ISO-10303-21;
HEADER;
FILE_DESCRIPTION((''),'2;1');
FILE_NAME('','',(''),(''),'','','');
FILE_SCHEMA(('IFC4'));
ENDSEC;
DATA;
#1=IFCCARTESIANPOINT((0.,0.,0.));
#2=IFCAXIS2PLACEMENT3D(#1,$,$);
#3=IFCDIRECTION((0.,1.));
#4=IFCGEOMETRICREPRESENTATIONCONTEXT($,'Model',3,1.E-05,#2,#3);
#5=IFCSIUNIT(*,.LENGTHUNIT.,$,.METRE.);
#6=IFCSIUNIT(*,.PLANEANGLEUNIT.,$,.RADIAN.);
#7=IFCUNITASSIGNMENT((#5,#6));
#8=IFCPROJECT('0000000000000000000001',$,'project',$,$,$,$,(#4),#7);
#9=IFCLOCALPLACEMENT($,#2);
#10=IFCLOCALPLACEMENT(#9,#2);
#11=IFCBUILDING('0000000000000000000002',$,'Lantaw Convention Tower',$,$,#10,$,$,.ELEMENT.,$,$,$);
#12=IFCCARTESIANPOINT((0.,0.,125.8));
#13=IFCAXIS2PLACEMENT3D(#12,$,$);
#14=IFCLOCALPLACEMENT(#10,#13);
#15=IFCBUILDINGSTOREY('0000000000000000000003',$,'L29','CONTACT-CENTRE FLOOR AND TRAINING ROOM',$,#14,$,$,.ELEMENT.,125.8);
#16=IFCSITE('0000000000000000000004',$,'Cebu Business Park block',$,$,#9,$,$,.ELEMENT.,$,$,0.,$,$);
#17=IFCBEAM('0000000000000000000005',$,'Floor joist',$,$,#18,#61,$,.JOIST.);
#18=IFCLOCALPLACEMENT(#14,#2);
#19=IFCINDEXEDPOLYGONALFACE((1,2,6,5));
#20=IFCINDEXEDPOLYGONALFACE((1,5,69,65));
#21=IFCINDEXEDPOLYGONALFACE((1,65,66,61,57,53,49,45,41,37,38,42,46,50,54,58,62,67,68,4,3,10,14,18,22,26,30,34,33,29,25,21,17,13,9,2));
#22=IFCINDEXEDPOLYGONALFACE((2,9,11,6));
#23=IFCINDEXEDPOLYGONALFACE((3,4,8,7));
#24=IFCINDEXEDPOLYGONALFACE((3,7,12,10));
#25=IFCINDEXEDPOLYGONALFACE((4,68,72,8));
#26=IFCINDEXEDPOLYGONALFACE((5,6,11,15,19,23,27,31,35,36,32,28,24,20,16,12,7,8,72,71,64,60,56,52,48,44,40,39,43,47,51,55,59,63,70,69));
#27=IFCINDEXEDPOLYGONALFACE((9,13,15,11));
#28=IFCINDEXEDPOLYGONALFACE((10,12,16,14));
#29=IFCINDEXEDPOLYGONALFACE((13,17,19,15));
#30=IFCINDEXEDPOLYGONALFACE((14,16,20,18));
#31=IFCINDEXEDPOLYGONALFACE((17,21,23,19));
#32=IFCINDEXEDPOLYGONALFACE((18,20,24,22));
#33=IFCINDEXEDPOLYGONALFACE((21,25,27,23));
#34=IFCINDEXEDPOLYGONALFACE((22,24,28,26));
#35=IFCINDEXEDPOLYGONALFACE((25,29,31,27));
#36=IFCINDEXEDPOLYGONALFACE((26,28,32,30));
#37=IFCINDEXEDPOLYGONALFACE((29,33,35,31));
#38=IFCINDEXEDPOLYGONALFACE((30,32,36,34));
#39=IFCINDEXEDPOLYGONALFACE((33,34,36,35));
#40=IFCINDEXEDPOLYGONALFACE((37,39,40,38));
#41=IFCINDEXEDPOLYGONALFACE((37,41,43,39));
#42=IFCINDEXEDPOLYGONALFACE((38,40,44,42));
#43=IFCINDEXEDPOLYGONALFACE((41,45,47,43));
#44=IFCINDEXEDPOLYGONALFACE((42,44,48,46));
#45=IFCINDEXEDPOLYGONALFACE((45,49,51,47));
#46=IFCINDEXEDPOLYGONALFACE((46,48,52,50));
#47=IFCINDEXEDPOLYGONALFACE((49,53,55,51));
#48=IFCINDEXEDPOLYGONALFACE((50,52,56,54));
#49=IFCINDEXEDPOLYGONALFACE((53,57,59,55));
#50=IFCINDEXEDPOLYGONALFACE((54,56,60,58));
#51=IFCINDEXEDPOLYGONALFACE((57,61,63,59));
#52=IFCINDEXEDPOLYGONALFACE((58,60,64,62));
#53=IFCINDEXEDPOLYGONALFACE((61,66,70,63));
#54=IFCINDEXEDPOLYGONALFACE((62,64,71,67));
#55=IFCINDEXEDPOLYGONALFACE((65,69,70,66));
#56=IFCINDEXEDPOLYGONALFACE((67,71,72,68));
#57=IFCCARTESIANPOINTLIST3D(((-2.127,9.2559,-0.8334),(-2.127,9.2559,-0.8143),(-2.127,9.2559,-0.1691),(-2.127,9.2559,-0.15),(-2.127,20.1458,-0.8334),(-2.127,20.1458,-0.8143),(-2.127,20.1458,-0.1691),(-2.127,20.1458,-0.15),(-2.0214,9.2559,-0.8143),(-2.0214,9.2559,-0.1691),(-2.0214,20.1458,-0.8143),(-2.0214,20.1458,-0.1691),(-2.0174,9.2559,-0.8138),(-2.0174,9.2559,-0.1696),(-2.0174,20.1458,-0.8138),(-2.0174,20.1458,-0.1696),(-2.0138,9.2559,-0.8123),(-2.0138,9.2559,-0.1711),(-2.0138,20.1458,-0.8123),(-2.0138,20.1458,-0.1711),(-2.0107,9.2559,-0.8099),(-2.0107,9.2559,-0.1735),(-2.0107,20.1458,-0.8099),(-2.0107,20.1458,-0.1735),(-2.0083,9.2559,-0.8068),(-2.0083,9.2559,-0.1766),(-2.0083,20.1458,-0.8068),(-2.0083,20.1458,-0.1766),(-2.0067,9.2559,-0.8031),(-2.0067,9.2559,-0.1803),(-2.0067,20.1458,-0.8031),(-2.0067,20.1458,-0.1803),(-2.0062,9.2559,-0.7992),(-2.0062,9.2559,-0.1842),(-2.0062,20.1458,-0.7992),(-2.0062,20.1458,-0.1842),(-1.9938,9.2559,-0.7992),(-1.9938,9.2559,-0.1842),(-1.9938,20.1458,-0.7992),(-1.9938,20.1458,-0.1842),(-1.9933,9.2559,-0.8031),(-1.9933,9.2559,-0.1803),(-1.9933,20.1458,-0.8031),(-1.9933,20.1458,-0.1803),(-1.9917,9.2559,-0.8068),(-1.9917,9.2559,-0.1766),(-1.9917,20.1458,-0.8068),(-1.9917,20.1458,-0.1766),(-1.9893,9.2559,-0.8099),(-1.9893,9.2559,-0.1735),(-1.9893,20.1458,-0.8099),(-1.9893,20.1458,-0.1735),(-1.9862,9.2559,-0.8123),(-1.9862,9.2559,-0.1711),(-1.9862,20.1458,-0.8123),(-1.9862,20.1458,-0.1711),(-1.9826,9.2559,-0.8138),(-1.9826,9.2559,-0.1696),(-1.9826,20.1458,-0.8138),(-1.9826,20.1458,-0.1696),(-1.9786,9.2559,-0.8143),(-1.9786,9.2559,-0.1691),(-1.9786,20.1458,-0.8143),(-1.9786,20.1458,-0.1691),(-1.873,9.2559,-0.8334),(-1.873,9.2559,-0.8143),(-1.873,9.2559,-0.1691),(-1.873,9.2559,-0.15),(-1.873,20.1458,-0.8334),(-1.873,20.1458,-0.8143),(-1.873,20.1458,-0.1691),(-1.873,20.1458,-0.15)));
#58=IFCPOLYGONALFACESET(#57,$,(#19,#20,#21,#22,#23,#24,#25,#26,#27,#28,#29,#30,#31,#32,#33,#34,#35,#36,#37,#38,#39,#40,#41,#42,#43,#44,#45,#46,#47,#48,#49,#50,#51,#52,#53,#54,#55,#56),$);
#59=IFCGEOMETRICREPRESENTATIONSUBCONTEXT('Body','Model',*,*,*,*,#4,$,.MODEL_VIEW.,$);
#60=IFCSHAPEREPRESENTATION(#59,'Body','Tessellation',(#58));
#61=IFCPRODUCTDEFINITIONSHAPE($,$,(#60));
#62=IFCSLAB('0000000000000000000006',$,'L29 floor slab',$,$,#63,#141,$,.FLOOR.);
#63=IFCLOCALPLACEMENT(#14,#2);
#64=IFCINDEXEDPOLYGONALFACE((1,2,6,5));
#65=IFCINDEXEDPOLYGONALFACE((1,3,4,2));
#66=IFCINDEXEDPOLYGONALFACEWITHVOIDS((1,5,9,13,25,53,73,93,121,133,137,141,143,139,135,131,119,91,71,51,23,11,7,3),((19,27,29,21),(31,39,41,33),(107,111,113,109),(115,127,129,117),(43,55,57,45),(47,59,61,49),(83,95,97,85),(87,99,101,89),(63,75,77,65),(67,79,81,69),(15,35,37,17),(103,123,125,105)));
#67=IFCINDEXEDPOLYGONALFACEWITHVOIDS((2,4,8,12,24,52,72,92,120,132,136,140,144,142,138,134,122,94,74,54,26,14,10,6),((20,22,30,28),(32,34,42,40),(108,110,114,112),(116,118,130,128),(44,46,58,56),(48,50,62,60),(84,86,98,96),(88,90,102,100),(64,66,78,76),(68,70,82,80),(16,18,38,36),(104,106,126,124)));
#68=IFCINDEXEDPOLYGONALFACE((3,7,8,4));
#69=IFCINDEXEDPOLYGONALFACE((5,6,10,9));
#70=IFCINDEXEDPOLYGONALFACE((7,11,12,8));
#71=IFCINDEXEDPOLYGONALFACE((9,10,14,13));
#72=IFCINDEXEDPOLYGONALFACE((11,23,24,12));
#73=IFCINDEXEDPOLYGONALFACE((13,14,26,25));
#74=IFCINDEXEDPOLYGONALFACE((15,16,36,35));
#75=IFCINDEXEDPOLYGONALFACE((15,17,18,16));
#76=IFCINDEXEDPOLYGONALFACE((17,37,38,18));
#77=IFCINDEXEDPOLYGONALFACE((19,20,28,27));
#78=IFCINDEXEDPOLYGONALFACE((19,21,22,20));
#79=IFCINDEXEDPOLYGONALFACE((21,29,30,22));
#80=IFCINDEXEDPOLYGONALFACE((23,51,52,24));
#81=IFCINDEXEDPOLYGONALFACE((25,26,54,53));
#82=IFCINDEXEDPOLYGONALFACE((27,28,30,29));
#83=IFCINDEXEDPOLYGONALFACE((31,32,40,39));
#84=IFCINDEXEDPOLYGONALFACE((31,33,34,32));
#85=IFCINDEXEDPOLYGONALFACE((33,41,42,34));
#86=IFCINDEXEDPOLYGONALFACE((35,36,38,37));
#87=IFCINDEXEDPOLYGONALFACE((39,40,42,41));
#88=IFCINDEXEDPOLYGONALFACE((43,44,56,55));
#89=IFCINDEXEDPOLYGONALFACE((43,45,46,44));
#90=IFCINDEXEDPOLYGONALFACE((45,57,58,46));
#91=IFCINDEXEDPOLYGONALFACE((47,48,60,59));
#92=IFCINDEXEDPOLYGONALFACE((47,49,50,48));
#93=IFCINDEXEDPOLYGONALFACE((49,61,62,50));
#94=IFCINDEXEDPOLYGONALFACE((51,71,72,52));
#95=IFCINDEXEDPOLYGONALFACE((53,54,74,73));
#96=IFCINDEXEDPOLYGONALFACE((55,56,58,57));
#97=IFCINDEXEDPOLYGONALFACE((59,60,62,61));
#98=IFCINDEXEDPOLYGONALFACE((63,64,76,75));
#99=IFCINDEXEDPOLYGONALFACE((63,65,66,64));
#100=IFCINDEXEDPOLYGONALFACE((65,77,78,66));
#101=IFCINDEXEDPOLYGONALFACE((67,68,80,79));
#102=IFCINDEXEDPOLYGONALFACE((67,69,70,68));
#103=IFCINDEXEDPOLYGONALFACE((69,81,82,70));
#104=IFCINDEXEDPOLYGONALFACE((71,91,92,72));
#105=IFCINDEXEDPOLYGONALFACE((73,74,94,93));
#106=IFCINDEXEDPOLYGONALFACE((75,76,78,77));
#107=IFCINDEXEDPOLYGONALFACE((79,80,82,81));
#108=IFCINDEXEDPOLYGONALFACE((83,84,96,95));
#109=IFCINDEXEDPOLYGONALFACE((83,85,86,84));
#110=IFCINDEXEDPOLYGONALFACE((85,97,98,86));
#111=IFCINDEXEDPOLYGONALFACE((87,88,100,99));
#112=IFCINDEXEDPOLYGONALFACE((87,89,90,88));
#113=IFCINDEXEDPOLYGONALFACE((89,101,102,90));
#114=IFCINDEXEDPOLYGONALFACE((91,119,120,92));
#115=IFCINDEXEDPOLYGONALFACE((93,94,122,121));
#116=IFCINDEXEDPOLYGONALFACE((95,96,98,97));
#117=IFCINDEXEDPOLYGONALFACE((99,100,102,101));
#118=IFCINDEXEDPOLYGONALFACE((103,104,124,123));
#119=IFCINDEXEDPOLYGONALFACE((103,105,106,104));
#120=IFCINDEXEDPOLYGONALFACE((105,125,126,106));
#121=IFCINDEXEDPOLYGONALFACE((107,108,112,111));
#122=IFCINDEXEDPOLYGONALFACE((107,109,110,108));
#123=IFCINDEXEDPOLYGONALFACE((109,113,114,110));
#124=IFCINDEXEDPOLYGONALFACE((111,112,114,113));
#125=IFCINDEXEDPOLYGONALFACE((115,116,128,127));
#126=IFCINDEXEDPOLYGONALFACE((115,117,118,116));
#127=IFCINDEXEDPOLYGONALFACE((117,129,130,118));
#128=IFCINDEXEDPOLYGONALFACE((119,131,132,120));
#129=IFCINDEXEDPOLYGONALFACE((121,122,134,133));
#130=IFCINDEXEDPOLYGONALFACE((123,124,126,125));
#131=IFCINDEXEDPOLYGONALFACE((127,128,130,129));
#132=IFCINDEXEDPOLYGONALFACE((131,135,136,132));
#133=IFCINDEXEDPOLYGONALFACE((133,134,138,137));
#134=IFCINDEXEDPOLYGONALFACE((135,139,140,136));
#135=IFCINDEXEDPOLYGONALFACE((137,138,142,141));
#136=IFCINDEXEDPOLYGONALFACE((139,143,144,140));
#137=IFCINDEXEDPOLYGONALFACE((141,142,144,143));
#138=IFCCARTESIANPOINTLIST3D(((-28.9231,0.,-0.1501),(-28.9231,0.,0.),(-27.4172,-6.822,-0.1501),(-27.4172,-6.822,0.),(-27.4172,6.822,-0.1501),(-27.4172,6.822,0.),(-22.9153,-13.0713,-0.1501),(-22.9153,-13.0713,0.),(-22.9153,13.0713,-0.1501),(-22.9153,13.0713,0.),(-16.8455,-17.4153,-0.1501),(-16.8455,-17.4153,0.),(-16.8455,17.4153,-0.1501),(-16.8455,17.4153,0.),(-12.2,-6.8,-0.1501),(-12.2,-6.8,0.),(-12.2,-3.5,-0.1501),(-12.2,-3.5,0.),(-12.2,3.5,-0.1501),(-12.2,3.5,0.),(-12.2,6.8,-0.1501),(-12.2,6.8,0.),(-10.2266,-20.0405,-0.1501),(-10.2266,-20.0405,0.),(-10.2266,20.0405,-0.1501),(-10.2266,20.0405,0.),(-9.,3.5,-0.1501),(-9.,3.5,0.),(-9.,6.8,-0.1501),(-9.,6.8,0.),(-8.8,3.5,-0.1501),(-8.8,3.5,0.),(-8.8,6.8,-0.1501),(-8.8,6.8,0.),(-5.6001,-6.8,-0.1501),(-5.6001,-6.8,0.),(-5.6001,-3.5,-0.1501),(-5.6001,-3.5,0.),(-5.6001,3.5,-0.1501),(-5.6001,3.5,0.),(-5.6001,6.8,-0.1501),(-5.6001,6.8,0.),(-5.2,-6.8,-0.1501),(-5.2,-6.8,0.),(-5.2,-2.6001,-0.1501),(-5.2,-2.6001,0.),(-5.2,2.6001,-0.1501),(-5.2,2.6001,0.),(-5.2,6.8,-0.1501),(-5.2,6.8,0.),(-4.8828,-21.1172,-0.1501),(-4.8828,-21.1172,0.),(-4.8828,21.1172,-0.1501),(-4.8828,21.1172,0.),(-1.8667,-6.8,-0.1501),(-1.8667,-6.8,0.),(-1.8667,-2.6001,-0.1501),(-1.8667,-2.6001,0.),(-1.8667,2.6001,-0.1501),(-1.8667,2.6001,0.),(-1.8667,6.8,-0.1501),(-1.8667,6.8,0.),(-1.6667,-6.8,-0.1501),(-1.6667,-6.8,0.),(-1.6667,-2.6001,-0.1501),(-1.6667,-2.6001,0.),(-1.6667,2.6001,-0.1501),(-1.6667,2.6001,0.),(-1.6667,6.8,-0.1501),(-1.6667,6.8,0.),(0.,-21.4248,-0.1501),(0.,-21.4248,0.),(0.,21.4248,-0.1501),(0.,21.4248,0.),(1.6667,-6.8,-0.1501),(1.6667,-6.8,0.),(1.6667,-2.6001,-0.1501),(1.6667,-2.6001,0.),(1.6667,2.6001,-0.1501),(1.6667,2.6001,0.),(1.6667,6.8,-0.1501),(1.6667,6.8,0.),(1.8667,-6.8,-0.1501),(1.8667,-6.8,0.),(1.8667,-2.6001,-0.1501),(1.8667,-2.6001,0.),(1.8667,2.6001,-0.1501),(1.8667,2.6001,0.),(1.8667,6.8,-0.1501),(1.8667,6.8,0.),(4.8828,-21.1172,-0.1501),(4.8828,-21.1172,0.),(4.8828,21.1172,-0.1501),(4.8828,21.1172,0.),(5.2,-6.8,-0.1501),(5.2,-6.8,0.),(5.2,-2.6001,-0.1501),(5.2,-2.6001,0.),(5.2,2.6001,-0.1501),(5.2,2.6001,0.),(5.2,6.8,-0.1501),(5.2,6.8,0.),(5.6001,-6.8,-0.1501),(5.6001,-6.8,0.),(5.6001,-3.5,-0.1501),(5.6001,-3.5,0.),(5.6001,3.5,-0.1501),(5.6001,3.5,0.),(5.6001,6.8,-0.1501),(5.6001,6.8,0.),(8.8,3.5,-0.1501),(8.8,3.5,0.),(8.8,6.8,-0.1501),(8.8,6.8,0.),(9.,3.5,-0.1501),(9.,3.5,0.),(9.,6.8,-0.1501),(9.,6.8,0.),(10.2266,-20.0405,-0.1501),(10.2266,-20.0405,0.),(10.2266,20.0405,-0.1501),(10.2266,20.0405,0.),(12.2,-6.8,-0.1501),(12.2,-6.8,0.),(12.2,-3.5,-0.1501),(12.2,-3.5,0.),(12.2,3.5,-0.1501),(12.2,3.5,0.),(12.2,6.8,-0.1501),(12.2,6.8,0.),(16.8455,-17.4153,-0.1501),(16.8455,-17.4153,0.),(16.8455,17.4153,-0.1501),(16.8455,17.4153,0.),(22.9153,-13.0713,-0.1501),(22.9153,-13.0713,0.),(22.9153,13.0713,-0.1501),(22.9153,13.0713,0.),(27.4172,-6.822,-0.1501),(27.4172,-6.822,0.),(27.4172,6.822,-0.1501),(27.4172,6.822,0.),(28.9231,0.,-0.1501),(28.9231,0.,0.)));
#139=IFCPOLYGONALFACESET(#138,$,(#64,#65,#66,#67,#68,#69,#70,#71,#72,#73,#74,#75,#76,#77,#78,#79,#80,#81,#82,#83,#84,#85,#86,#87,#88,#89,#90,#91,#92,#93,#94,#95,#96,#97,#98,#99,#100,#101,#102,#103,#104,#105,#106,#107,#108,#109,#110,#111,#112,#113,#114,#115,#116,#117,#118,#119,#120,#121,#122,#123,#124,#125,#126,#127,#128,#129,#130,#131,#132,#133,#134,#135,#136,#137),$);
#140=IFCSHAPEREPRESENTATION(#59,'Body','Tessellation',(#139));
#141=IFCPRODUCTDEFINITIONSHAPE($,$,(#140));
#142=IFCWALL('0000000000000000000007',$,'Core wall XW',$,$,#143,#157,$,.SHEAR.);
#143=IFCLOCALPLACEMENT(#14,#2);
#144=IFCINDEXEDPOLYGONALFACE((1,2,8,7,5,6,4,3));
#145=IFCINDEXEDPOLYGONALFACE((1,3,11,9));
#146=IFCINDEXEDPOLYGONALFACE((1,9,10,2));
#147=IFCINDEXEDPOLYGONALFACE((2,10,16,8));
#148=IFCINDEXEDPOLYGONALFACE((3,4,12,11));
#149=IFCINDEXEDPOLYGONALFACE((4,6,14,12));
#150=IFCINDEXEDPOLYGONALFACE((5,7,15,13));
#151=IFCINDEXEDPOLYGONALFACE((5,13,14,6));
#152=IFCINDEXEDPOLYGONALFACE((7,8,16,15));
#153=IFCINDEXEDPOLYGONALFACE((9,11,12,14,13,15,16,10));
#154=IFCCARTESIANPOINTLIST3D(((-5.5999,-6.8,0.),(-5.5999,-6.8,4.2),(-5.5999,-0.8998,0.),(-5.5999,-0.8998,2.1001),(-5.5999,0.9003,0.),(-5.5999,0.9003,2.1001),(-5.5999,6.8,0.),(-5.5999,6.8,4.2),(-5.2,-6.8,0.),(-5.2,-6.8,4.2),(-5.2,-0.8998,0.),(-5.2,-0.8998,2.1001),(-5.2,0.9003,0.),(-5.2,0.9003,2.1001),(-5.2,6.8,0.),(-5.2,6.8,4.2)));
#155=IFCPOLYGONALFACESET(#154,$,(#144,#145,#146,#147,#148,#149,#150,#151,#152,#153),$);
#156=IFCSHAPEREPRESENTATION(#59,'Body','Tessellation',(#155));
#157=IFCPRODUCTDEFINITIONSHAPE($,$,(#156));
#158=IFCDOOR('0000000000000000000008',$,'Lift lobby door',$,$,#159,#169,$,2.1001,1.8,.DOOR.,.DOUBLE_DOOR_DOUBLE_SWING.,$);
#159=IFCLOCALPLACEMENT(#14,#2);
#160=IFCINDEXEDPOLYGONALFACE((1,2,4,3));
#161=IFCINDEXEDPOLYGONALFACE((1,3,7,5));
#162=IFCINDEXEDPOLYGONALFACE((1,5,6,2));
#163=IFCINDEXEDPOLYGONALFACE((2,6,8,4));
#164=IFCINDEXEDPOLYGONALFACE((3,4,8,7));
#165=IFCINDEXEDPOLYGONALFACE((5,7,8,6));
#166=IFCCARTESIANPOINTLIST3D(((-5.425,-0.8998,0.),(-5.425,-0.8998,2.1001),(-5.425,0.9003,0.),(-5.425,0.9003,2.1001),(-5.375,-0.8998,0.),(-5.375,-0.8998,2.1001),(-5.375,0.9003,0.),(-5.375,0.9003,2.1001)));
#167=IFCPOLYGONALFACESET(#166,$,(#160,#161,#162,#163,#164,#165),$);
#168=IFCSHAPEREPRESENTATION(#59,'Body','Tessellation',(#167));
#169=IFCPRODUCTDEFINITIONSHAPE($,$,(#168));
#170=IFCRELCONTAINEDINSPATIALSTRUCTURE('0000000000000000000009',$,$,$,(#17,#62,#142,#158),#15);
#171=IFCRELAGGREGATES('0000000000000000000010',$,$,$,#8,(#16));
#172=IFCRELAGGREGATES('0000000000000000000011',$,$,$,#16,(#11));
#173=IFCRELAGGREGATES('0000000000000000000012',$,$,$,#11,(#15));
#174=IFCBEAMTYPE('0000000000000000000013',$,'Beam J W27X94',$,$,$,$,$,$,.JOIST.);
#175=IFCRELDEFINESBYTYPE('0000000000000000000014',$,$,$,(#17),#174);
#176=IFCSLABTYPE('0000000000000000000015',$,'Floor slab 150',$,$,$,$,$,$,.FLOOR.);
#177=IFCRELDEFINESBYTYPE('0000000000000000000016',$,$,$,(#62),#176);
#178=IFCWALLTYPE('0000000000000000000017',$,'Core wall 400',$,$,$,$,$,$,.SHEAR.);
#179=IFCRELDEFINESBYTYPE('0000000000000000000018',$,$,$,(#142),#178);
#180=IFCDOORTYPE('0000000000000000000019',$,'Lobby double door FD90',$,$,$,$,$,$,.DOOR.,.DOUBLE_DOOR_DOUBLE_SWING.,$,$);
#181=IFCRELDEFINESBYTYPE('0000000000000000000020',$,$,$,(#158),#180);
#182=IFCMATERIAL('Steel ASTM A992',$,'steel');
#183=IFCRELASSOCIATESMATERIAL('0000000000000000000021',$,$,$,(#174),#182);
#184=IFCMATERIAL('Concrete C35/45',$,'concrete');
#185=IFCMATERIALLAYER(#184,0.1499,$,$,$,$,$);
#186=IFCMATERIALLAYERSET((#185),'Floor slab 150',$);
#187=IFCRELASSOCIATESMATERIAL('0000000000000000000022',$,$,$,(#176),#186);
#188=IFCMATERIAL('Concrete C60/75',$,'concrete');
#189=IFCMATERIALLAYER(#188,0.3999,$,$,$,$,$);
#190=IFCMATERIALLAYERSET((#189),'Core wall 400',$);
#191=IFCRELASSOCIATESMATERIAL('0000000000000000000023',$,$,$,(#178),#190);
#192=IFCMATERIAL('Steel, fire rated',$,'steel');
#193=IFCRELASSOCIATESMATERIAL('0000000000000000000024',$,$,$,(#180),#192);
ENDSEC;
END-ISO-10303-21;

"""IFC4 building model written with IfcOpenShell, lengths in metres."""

from ifc_helpers import new_model, si_unit, direction, frame, frame_2d, origin, origin_2d, place, context, subcontext, project, spatial, polyline, rectangle, i_section, outline, extrude, material, layer, layer_set, material_profile, profile_set, type_object, element, fill, save


model = new_model("IFC4")

# Units and contexts
model_context = context("Model", 3, precision=1e-05, world=origin(), true_north=direction((0.0, 1.0)))
body_context = subcontext(model_context, "Body", "Model", "MODEL_VIEW")
ifc_project = project(units=[si_unit("LENGTHUNIT", "METRE"), si_unit("PLANEANGLEUNIT", "RADIAN")], contexts=[model_context])

# Site, building, storey
site_placement = place(None, origin())
site = spatial("IfcSite", under=ifc_project, at=site_placement, Name="Cebu Business Park block", CompositionType="ELEMENT", RefElevation=0.0)
building_placement = place(site_placement, origin())
building = spatial("IfcBuilding", under=site, at=building_placement, Name="Lantaw Convention Tower", CompositionType="ELEMENT")
storey_placement = place(building_placement, frame((0.0, 0.0, 125.8)))
storey = spatial("IfcBuildingStorey", under=building, at=storey_placement, Name="L29", Description="CONTACT-CENTRE FLOOR AND TRAINING ROOM", CompositionType="ELEMENT", Elevation=125.8)

# Shared definitions
ifc_material_1 = material(Name="Concrete C60/75", Category="concrete")

# Beam
ifc_material_2 = material(Name="Steel ASTM A992", Category="steel")
ifc_material_profile_1 = material_profile(ifc_material_2, i_section(OverallWidth=0.2539, OverallDepth=0.6833, WebThickness=0.0125, FlangeThickness=0.019, FilletRadius=0.0151, at=origin_2d()), Name="W27X94")
ifc_profile_set_1 = profile_set([ifc_material_profile_1], Name="Steel ASTM A992")
beam_type_1 = type_object("IfcBeamType", Name="Beam J W27X94", PredefinedType="JOIST", material=ifc_profile_set_1)
beam_1_placement = place(storey_placement, frame((-2.0, 9.2559, -0.4917), z_axis=(0.0, 1.0, 0.0), x_axis=(-1.0, 0.0, 0.0)))
element("IfcBeam", 1, at=beam_1_placement, inside=storey, type_object=beam_type_1, Name="Floor joist", PredefinedType="JOIST", context=body_context, shape_type="SweptSolid", body=[
    extrude(i_section(OverallWidth=0.2539, OverallDepth=0.6833, WebThickness=0.0125, FlangeThickness=0.019, FilletRadius=0.0151, at=origin_2d()), origin(), (0.0, 0.0, 1.0), 10.8899),
])

# Slab
ifc_material_3 = material(Name="Concrete C35/45", Category="concrete")
ifc_layer_1 = layer(ifc_material_3, 0.1499)
ifc_layer_set_1 = layer_set([ifc_layer_1], Name="Floor slab 150")
slab_type = type_object("IfcSlabType", Name="Floor slab 150", PredefinedType="FLOOR", material=ifc_layer_set_1)
slab_placement = place(storey_placement, frame((0.0, 0.0, -0.1501)))
element("IfcSlab", 2, at=slab_placement, inside=storey, type_object=slab_type, Name="L29 floor slab", PredefinedType="FLOOR", context=body_context, shape_type="SweptSolid", body=[
    extrude(outline(polyline([(27.4172, -6.822), (28.9231, 0.0), (27.4172, 6.822), (22.9153, 13.0713), (16.8455, 17.4153), (10.2266, 20.0405), (4.8828, 21.1172), (0.0, 21.4248), (-4.8828, 21.1172), (-10.2266, 20.0405), (-16.8455, 17.4153), (-22.9153, 13.0713), (-27.4172, 6.822), (-28.9231, 0.0), (-27.4172, -6.822), (-22.9153, -13.0713), (-16.8455, -17.4153), (-10.2266, -20.0405), (-4.8828, -21.1172), (0.0, -21.4248), (4.8828, -21.1172), (10.2266, -20.0405), (16.8455, -17.4153), (22.9153, -13.0713), (27.4172, -6.822)]), holes=[polyline([(-5.6001, -3.5), (-12.2, -3.5), (-12.2, -6.8), (-5.6001, -6.8), (-5.6001, -3.5)]), polyline([(-1.8667, -6.8), (-1.8667, -2.6001), (-5.2, -2.6001), (-5.2, -6.8), (-1.8667, -6.8)]), polyline([(-1.8667, 2.6001), (-1.8667, 6.8), (-5.2, 6.8), (-5.2, 2.6001), (-1.8667, 2.6001)]), polyline([(1.6667, 6.8), (-1.6667, 6.8), (-1.6667, 2.6001), (1.6667, 2.6001), (1.6667, 6.8)]), polyline([(-9.0, 3.5), (-9.0, 6.8), (-12.2, 6.8), (-12.2, 3.5), (-9.0, 3.5)]), polyline([(-5.6001, 3.5), (-5.6001, 6.8), (-8.8, 6.8), (-8.8, 3.5), (-5.6001, 3.5)]), polyline([(12.2, -3.5), (5.6001, -3.5), (5.6001, -6.8), (12.2, -6.8), (12.2, -3.5)]), polyline([(1.6667, -6.8), (1.6667, -2.6001), (-1.6667, -2.6001), (-1.6667, -6.8), (1.6667, -6.8)]), polyline([(5.2, -6.8), (5.2, -2.6001), (1.8667, -2.6001), (1.8667, -6.8), (5.2, -6.8)]), polyline([(5.2, 6.8), (1.8667, 6.8), (1.8667, 2.6001), (5.2, 2.6001), (5.2, 6.8)]), polyline([(8.8, 3.5), (8.8, 6.8), (5.6001, 6.8), (5.6001, 3.5), (8.8, 3.5)]), polyline([(12.2, 3.5), (12.2, 6.8), (9.0, 6.8), (9.0, 3.5), (12.2, 3.5)])]), origin(), (0.0, 0.0, 1.0), 0.1501),
])

# Wall, opening, door
ifc_layer_2 = layer(ifc_material_1, 0.3999)
ifc_layer_set_2 = layer_set([ifc_layer_2], Name="Core wall 400")
wall_type_1 = type_object("IfcWallType", Name="Core wall 400", PredefinedType="SHEAR", material=ifc_layer_set_2)
wall_1_placement = place(storey_placement, frame((-5.3999, 6.8, 0.0), z_axis=(0.0, 0.0, 1.0), x_axis=(0.0, -1.0, 0.0)))
wall_1 = element("IfcWall", 3, at=wall_1_placement, inside=storey, type_object=wall_type_1, Name="Core wall XW", PredefinedType="SHEAR", context=body_context, shape_type="SweptSolid", body=[
    extrude(rectangle(XDim=13.6001, YDim=0.3999, at=frame_2d((6.8, 0.0))), origin(), (0.0, 0.0, 1.0), 4.2),
])
opening_1_placement = place(wall_1_placement, frame((5.8999, 0.0, 0.0)))
opening_1 = element("IfcOpeningElement", 4, at=opening_1_placement, cuts=wall_1, PredefinedType="OPENING", context=body_context, shape_type="SweptSolid", body=[
    extrude(rectangle(XDim=1.8, YDim=2.1001, at=frame_2d((0.8999, 1.05))), frame((0.0, 0.21, 0.0), z_axis=(0.0, -1.0, 0.0), x_axis=(1.0, 0.0, 0.0)), (0.0, 0.0, 1.0), 0.4199),
])
ifc_material_4 = material(Name="Steel, fire rated", Category="steel")
door_type_1 = type_object("IfcDoorType", Name="Lobby double door FD90", OperationType="DOUBLE_DOOR_DOUBLE_SWING", PredefinedType="DOOR", material=ifc_material_4)
door_1_placement = place(opening_1_placement, origin())
door_1 = element("IfcDoor", 5, at=door_1_placement, inside=storey, type_object=door_type_1, Name="Lift lobby door", OperationType="DOUBLE_DOOR_DOUBLE_SWING", OverallHeight=2.1001, OverallWidth=1.8, PredefinedType="DOOR", context=body_context, shape_type="SweptSolid", body=[
    extrude(rectangle(XDim=1.8, YDim=2.1001, at=frame_2d((0.8999, 1.05))), frame((0.0, 0.0249, 0.0), z_axis=(0.0, -1.0, 0.0), x_axis=(1.0, 0.0, 0.0)), (0.0, 0.0, 1.0), 0.05),
])
fill(opening_1, door_1)

save(model, "model.ifc")
